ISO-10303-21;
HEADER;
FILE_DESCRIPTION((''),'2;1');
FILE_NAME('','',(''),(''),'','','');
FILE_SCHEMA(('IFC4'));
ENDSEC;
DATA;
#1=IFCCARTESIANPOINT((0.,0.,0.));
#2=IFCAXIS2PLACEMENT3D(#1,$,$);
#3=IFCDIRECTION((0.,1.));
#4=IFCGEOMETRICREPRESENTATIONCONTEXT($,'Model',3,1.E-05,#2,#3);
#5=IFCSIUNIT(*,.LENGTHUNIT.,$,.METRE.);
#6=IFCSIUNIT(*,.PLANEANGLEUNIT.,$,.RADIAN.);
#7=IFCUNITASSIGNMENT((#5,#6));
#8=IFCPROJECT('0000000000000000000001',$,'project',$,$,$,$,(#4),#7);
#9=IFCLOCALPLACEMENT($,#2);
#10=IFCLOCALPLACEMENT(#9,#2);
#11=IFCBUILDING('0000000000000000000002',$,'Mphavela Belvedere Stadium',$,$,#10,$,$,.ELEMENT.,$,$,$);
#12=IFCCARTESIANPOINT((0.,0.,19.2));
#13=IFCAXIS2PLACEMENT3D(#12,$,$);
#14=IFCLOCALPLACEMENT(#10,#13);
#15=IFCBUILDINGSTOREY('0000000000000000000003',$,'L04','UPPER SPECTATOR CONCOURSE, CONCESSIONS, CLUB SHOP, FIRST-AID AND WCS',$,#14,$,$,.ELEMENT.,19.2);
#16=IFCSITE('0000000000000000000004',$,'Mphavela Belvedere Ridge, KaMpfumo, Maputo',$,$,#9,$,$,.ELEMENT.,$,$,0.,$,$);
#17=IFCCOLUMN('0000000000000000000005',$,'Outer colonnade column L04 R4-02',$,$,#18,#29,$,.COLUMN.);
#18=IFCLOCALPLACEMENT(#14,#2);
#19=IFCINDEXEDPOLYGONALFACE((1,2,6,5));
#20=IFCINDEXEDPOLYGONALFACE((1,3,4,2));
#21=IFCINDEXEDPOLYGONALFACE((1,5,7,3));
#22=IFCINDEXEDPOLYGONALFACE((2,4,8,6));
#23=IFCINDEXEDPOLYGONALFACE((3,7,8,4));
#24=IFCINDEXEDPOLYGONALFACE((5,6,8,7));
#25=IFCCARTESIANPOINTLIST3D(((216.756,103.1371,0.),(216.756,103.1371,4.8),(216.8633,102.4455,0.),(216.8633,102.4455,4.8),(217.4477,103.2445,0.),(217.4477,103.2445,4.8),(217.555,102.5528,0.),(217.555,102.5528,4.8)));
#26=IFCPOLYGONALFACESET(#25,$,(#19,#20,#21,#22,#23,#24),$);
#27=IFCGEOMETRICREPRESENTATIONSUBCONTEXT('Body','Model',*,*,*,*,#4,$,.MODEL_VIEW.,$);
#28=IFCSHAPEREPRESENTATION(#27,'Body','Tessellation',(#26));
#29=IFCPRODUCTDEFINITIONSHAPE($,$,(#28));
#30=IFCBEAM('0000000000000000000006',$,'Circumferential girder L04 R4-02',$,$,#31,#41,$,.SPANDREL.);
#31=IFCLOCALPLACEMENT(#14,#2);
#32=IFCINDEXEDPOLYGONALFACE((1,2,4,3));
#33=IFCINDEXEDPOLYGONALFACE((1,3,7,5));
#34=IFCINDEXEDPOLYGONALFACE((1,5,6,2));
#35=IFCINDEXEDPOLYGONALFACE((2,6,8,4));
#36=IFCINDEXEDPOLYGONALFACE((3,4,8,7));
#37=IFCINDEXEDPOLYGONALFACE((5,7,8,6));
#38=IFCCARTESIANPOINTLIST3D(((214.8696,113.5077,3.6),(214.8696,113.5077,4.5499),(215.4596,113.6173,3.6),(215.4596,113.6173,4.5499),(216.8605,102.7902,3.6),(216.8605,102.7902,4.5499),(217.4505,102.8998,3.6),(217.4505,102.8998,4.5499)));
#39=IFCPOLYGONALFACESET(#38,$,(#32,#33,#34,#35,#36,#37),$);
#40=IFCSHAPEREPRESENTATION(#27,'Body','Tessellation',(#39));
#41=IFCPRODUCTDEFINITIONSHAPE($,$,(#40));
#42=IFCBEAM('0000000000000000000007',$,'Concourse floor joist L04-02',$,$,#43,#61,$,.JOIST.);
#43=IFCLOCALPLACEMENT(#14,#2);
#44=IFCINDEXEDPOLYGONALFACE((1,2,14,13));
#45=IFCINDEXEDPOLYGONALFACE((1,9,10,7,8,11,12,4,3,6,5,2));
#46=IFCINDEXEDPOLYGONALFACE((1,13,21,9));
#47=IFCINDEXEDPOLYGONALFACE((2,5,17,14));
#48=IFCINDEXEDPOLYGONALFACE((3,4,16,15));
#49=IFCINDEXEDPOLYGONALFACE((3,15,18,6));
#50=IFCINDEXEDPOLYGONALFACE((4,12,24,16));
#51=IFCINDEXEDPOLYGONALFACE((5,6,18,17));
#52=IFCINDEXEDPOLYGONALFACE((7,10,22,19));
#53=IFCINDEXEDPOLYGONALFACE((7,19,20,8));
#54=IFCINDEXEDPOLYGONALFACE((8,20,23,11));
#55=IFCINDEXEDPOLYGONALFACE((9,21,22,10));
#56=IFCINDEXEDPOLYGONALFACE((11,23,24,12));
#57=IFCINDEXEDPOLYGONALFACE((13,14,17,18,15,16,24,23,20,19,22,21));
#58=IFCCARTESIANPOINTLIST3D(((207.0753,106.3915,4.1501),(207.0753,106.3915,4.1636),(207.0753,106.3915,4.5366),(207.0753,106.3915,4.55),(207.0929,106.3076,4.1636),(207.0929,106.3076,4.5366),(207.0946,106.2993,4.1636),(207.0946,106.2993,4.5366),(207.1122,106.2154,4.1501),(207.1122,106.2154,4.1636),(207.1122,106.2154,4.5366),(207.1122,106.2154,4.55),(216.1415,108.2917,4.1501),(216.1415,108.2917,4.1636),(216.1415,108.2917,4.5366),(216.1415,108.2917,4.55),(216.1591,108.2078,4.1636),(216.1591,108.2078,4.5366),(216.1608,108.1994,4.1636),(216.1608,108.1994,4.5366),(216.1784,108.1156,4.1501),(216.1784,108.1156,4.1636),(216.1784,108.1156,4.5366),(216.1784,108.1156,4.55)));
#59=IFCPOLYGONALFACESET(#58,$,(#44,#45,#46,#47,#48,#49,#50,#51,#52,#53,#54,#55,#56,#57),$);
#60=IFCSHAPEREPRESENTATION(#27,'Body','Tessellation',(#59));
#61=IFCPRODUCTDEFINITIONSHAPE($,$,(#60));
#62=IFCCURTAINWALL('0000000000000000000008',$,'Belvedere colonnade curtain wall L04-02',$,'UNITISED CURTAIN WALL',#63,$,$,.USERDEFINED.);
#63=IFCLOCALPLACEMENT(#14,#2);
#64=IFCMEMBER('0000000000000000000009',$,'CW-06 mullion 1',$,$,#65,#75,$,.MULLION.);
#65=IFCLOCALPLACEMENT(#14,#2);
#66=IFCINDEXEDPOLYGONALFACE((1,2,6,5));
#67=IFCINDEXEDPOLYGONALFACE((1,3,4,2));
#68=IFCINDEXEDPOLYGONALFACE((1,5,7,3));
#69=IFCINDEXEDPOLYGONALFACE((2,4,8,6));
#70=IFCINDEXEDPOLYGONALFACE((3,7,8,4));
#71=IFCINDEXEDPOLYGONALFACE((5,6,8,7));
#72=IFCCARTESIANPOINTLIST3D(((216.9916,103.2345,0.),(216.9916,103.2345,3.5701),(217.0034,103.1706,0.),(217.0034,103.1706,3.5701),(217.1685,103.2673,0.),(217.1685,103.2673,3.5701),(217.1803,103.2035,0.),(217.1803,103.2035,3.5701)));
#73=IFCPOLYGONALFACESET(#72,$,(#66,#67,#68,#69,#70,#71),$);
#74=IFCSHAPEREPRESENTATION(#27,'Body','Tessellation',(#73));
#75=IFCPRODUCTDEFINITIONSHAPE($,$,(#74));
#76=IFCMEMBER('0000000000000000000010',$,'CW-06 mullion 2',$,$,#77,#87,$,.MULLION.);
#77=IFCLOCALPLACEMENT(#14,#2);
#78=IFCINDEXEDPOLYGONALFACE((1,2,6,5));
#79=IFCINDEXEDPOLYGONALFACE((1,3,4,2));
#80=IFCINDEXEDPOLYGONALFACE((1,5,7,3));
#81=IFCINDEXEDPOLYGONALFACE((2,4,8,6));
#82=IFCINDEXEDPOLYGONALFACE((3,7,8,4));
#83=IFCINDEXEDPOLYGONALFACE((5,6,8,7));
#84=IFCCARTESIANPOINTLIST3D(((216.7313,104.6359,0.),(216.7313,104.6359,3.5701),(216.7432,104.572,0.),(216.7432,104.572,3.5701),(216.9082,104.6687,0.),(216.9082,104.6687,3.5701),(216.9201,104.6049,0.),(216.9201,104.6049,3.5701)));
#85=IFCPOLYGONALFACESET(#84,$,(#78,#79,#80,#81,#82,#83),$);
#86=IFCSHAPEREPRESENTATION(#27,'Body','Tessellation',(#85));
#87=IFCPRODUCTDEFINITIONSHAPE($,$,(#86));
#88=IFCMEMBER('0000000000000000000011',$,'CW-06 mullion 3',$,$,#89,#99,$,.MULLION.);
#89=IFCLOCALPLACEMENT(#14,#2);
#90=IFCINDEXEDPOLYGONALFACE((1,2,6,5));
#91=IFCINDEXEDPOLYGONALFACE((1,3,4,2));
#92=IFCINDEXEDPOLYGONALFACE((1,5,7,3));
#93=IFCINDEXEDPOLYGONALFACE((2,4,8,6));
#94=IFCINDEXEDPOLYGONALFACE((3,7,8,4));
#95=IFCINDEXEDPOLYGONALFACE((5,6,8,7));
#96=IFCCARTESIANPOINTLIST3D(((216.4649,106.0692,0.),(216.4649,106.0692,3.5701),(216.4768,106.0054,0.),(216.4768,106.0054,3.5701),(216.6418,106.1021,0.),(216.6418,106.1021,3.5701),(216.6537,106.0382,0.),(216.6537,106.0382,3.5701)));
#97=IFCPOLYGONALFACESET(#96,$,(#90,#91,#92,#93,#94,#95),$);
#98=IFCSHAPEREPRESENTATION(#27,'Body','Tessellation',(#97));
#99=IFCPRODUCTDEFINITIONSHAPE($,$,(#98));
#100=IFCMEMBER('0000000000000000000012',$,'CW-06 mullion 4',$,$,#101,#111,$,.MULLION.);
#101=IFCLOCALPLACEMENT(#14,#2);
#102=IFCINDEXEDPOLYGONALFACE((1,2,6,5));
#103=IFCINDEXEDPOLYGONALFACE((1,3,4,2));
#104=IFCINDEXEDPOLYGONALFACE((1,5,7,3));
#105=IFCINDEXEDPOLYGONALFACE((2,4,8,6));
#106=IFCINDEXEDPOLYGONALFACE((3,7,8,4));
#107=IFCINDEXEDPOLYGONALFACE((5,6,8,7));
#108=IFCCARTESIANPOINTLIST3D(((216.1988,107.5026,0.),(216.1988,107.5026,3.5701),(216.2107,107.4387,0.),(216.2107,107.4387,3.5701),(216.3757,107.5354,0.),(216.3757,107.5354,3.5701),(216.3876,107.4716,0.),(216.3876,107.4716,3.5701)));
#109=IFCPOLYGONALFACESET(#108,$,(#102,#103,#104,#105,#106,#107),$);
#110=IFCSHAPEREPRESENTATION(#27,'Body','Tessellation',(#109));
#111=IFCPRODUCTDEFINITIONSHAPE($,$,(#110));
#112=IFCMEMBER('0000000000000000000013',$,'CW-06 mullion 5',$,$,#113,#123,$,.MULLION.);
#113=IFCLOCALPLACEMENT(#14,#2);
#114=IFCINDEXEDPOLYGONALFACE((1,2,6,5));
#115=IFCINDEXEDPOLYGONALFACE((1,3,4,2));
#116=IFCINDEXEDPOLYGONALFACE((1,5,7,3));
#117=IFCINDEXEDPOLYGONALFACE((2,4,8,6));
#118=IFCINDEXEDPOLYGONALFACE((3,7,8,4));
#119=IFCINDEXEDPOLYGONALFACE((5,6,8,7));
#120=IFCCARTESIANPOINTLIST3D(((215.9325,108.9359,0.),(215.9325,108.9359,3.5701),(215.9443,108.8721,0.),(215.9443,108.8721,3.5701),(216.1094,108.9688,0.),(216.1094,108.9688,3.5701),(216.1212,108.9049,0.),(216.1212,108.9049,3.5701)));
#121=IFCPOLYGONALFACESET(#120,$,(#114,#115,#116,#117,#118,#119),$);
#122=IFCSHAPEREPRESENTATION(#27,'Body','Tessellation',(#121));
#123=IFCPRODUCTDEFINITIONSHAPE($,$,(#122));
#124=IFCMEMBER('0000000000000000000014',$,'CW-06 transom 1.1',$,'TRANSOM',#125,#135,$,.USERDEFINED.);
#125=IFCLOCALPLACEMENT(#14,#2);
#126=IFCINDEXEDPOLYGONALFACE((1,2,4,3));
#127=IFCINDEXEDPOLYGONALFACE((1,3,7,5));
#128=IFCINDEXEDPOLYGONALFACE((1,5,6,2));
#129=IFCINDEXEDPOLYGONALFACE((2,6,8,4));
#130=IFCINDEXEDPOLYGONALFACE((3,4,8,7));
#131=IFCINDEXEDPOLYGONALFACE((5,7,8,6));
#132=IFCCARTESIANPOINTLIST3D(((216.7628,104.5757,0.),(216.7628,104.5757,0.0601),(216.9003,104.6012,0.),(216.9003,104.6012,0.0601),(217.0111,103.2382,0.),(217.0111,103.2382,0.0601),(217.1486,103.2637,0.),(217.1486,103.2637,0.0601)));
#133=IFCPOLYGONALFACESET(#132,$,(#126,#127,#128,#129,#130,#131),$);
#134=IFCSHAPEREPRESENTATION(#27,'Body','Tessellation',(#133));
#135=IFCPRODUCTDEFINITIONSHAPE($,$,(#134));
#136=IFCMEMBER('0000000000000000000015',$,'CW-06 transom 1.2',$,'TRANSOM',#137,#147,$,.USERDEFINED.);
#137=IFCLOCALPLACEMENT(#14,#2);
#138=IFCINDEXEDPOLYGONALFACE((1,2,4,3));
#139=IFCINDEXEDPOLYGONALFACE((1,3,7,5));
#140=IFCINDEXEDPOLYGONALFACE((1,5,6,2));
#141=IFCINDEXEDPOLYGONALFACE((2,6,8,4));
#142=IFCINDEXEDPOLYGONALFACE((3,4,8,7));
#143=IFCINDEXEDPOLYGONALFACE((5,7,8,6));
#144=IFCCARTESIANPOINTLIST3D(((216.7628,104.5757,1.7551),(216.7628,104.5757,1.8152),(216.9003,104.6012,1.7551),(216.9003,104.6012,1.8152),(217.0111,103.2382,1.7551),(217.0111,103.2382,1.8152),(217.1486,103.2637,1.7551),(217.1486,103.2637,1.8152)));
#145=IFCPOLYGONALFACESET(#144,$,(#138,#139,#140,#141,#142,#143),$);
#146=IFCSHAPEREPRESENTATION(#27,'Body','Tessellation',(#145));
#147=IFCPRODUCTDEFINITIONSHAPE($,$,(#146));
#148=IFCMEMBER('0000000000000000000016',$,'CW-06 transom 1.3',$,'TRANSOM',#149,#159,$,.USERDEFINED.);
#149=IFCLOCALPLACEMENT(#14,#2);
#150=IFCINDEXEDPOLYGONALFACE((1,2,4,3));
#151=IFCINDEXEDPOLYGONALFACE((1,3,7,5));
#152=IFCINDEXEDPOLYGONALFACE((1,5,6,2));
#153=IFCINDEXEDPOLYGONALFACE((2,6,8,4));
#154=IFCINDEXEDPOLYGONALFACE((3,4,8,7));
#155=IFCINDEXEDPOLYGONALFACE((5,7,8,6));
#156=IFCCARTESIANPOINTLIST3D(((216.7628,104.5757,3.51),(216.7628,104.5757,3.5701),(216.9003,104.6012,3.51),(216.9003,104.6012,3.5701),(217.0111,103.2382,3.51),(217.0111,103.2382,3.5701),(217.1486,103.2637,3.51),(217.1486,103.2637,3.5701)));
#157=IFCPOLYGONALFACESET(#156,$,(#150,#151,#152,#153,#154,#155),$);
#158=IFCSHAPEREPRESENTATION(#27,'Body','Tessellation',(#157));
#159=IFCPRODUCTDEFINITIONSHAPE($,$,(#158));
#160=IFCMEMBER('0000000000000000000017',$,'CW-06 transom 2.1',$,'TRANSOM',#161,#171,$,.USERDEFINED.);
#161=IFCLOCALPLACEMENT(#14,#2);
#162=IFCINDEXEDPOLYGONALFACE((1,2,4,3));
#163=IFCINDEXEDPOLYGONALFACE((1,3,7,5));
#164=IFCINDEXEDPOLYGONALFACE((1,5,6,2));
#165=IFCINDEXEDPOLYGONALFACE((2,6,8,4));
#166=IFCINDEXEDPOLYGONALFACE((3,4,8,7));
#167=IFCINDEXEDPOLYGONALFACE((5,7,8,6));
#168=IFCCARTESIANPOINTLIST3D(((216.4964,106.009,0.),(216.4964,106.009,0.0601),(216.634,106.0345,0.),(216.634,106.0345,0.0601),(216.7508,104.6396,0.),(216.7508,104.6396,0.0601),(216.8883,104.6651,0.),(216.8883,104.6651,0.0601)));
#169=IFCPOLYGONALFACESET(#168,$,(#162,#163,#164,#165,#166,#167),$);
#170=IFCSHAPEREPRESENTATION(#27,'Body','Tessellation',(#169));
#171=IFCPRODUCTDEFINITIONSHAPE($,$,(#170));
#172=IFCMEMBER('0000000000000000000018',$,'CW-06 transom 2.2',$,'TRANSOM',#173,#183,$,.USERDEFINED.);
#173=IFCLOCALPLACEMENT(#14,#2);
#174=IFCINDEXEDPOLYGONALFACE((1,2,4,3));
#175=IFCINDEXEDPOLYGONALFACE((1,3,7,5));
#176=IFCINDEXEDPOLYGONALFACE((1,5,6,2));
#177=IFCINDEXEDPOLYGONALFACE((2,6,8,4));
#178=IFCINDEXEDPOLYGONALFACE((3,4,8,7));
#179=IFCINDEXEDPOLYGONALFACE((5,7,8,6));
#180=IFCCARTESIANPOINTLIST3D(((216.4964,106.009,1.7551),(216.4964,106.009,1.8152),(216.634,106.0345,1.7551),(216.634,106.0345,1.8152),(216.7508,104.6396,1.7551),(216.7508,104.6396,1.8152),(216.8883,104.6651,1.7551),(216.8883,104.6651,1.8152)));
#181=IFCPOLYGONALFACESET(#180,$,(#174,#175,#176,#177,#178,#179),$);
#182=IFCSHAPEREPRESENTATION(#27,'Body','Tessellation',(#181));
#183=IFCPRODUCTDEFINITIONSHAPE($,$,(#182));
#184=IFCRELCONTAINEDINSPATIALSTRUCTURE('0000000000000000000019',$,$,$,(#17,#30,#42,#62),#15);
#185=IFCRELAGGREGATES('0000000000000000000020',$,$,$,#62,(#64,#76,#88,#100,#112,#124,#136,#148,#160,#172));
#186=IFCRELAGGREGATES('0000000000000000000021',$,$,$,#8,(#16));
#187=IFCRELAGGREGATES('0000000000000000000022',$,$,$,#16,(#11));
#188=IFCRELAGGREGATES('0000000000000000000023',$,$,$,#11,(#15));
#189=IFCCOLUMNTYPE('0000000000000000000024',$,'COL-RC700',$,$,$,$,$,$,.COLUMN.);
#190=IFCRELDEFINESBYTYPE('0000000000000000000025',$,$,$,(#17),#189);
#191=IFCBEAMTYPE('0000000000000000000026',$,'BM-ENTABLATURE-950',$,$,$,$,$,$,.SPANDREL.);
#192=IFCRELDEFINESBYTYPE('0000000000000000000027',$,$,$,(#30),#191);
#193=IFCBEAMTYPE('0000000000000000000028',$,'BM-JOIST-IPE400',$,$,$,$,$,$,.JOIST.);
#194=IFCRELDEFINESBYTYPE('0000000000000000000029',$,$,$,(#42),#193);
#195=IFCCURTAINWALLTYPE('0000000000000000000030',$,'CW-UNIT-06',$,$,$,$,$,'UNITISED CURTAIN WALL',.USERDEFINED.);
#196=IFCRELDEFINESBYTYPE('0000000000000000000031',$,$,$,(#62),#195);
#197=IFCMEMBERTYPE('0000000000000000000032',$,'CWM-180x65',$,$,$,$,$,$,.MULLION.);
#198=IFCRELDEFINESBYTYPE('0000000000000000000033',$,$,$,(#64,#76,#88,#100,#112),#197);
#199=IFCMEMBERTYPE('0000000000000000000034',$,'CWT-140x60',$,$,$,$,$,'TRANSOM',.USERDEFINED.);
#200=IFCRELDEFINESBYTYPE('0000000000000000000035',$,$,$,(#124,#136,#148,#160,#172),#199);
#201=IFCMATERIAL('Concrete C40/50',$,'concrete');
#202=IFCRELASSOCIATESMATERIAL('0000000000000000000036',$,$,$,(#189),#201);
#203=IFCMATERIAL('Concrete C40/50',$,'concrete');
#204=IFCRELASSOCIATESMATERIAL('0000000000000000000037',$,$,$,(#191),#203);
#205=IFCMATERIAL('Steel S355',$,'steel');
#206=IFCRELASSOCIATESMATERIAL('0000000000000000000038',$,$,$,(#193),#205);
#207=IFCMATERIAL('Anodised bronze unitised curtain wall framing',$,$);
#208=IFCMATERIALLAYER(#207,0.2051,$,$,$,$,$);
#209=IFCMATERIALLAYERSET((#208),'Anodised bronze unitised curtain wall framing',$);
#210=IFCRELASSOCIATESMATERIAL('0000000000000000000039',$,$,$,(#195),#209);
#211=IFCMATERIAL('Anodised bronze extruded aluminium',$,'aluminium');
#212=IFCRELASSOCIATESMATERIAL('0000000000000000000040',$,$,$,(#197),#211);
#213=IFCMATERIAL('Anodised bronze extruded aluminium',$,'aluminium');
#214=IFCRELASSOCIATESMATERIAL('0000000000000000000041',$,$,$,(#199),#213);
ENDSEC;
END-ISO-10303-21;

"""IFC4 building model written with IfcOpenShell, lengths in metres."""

from ifc_helpers import new_model, si_unit, direction, frame, origin, origin_2d, place, context, subcontext, project, spatial, rectangle, i_section, extrude, material, layer, layer_set, material_profile, profile_set, type_object, element, aggregate, save


model = new_model("IFC4")

# Units and contexts
model_context = context("Model", 3, precision=1e-05, world=origin(), true_north=direction((0.0, 1.0)))
body_context = subcontext(model_context, "Body", "Model", "MODEL_VIEW")
ifc_project = project(units=[si_unit("LENGTHUNIT", "METRE"), si_unit("PLANEANGLEUNIT", "RADIAN")], contexts=[model_context])

# Site, building, storey
site_placement = place(None, origin())
site = spatial("IfcSite", under=ifc_project, at=site_placement, Name="Mphavela Belvedere Ridge, KaMpfumo, Maputo", CompositionType="ELEMENT", RefElevation=0.0)
building_placement = place(site_placement, origin())
building = spatial("IfcBuilding", under=site, at=building_placement, Name="Mphavela Belvedere Stadium", CompositionType="ELEMENT")
storey_placement = place(building_placement, frame((0.0, 0.0, 19.2)))
storey = spatial("IfcBuildingStorey", under=building, at=storey_placement, Name="L04", Description="UPPER SPECTATOR CONCOURSE, CONCESSIONS, CLUB SHOP, FIRST-AID AND WCS", CompositionType="ELEMENT", Elevation=19.2)

# Column
ifc_material_1 = material(Name="Concrete C40/50", Category="concrete")
ifc_material_profile_1 = material_profile(ifc_material_1, rectangle(XDim=0.7, YDim=0.7, at=origin_2d()), Name="RC 700x700")
ifc_profile_set_1 = profile_set([ifc_material_profile_1], Name="Concrete C40/50")
column_type = type_object("IfcColumnType", Name="COL-RC700", PredefinedType="COLUMN", material=ifc_profile_set_1)
column_placement = place(storey_placement, frame((217.1555, 102.845, 0.0), z_axis=(0.0, 0.0, 1.0), x_axis=(0.988175, 0.153331, 0.0)))
element("IfcColumn", 1, at=column_placement, inside=storey, type_object=column_type, Name="Outer colonnade column L04 R4-02", PredefinedType="COLUMN", context=body_context, shape_type="SweptSolid", body=[
    extrude(rectangle(XDim=0.7, YDim=0.7, at=origin_2d()), origin(), (0.0, 0.0, 1.0), 4.8),
])

# Beams
ifc_material_2 = material(Name="Concrete C40/50", Category="concrete")
ifc_material_profile_2 = material_profile(ifc_material_2, rectangle(XDim=0.6001, YDim=0.95, at=origin_2d()), Name="RC 600x950")
ifc_profile_set_2 = profile_set([ifc_material_profile_2], Name="Concrete C40/50")
beam_type_1 = type_object("IfcBeamType", Name="BM-ENTABLATURE-950", PredefinedType="SPANDREL", material=ifc_profile_set_2)
beam_1_placement = place(storey_placement, frame((217.1555, 102.845, 4.075), z_axis=(-0.182643, 0.983179, 0.0), x_axis=(-0.983179, -0.182643, 0.0)))
element("IfcBeam", 2, at=beam_1_placement, inside=storey, type_object=beam_type_1, Name="Circumferential girder L04 R4-02", PredefinedType="SPANDREL", context=body_context, shape_type="SweptSolid", body=[
    extrude(rectangle(XDim=0.6001, YDim=0.95, at=origin_2d()), origin(), (0.0, 0.0, 1.0), 10.9009),
])
ifc_material_3 = material(Name="Steel S355", Category="steel")
ifc_material_profile_3 = material_profile(ifc_material_3, i_section(OverallWidth=0.1799, OverallDepth=0.3999, WebThickness=0.0085, FlangeThickness=0.0134, at=origin_2d()), Name="IPE 400")
ifc_profile_set_3 = profile_set([ifc_material_profile_3], Name="Steel S355")
beam_type_2 = type_object("IfcBeamType", Name="BM-JOIST-IPE400", PredefinedType="JOIST", material=ifc_profile_set_3)
beam_2_placement = place(storey_placement, frame((207.0938, 106.3035, 4.3501), z_axis=(0.978735, 0.20513, 0.0), x_axis=(-0.20513, 0.978735, 0.0)))
element("IfcBeam", 3, at=beam_2_placement, inside=storey, type_object=beam_type_2, Name="Concourse floor joist L04-02", PredefinedType="JOIST", context=body_context, shape_type="SweptSolid", body=[
    extrude(i_section(OverallWidth=0.1799, OverallDepth=0.3999, WebThickness=0.0085, FlangeThickness=0.0134, at=origin_2d()), origin(), (0.0, 0.0, 1.0), 9.2632),
])

# Curtain wall, members
ifc_material_4 = material(Name="Anodised bronze unitised curtain wall framing")
ifc_layer_1 = layer(ifc_material_4, 0.2051)
ifc_layer_set_1 = layer_set([ifc_layer_1], Name="Anodised bronze unitised curtain wall framing")
curtain_wall_type = type_object("IfcCurtainWallType", Name="CW-UNIT-06", ElementType="UNITISED CURTAIN WALL", PredefinedType="USERDEFINED", material=ifc_layer_set_1)
curtain_wall_placement = place(storey_placement, origin())
curtain_wall = element("IfcCurtainWall", 4, at=curtain_wall_placement, inside=storey, type_object=curtain_wall_type, Name="Belvedere colonnade curtain wall L04-02", ObjectType="UNITISED CURTAIN WALL", PredefinedType="USERDEFINED")
ifc_material_5 = material(Name="Anodised bronze extruded aluminium", Category="aluminium")
ifc_material_profile_4 = material_profile(ifc_material_5, rectangle(XDim=0.1799, YDim=0.0649, at=origin_2d()), Name="CW-MUL 180x65")
ifc_profile_set_4 = profile_set([ifc_material_profile_4], Name="Anodised bronze extruded aluminium")
member_type_1 = type_object("IfcMemberType", Name="CWM-180x65", PredefinedType="MULLION", material=ifc_profile_set_4)
member_1_placement = place(storey_placement, frame((217.0859, 103.219, 0.0), z_axis=(0.0, 0.0, 1.0), x_axis=(-0.983184, -0.182618, 0.0)))
member_1 = element("IfcMember", 5, at=member_1_placement, type_object=member_type_1, Name="CW-06 mullion 1", PredefinedType="MULLION", context=body_context, shape_type="SweptSolid", body=[
    extrude(rectangle(XDim=0.1799, YDim=0.0649, at=origin_2d()), origin(), (0.0, 0.0, 1.0), 3.5701),
])
member_2_placement = place(storey_placement, frame((216.8257, 104.6204, 0.0), z_axis=(0.0, 0.0, 1.0), x_axis=(-0.983184, -0.182618, 0.0)))
member_2 = element("IfcMember", 6, at=member_2_placement, type_object=member_type_1, Name="CW-06 mullion 2", PredefinedType="MULLION", context=body_context, shape_type="SweptSolid", body=[
    extrude(rectangle(XDim=0.1799, YDim=0.0649, at=origin_2d()), origin(), (0.0, 0.0, 1.0), 3.5701),
])
member_3_placement = place(storey_placement, frame((216.5593, 106.0537, 0.0), z_axis=(0.0, 0.0, 1.0), x_axis=(-0.983184, -0.182618, 0.0)))
member_3 = element("IfcMember", 7, at=member_3_placement, type_object=member_type_1, Name="CW-06 mullion 3", PredefinedType="MULLION", context=body_context, shape_type="SweptSolid", body=[
    extrude(rectangle(XDim=0.1799, YDim=0.0649, at=origin_2d()), origin(), (0.0, 0.0, 1.0), 3.5701),
])
member_4_placement = place(storey_placement, frame((216.2932, 107.4871, 0.0), z_axis=(0.0, 0.0, 1.0), x_axis=(-0.983184, -0.182618, 0.0)))
member_4 = element("IfcMember", 8, at=member_4_placement, type_object=member_type_1, Name="CW-06 mullion 4", PredefinedType="MULLION", context=body_context, shape_type="SweptSolid", body=[
    extrude(rectangle(XDim=0.1799, YDim=0.0649, at=origin_2d()), origin(), (0.0, 0.0, 1.0), 3.5701),
])
member_5_placement = place(storey_placement, frame((216.0269, 108.9204, 0.0), z_axis=(0.0, 0.0, 1.0), x_axis=(-0.983184, -0.182618, 0.0)))
member_5 = element("IfcMember", 9, at=member_5_placement, type_object=member_type_1, Name="CW-06 mullion 5", PredefinedType="MULLION", context=body_context, shape_type="SweptSolid", body=[
    extrude(rectangle(XDim=0.1799, YDim=0.0649, at=origin_2d()), origin(), (0.0, 0.0, 1.0), 3.5701),
])
ifc_material_6 = material(Name="Anodised bronze extruded aluminium", Category="aluminium")
ifc_material_profile_5 = material_profile(ifc_material_6, rectangle(XDim=0.1399, YDim=0.0601, at=origin_2d()), Name="CW-TRN 140x60")
ifc_profile_set_5 = profile_set([ifc_material_profile_5], Name="Anodised bronze extruded aluminium")
member_type_2 = type_object("IfcMemberType", Name="CWT-140x60", ElementType="TRANSOM", PredefinedType="USERDEFINED", material=ifc_profile_set_5)
member_6_placement = place(storey_placement, frame((217.0798, 103.251, 0.03), z_axis=(-0.182533, 0.9832, 0.0), x_axis=(-0.9832, -0.182533, 0.0)))
member_6 = element("IfcMember", 10, at=member_6_placement, type_object=member_type_2, Name="CW-06 transom 1.1", ObjectType="TRANSOM", PredefinedType="USERDEFINED", context=body_context, shape_type="SweptSolid", body=[
    extrude(rectangle(XDim=0.1399, YDim=0.0601, at=origin_2d()), origin(), (0.0, 0.0, 1.0), 1.3604),
])
member_7_placement = place(storey_placement, frame((217.0798, 103.251, 1.7852), z_axis=(-0.182533, 0.9832, 0.0), x_axis=(-0.9832, -0.182533, 0.0)))
member_7 = element("IfcMember", 11, at=member_7_placement, type_object=member_type_2, Name="CW-06 transom 1.2", ObjectType="TRANSOM", PredefinedType="USERDEFINED", context=body_context, shape_type="SweptSolid", body=[
    extrude(rectangle(XDim=0.1399, YDim=0.0601, at=origin_2d()), origin(), (0.0, 0.0, 1.0), 1.3604),
])
member_8_placement = place(storey_placement, frame((217.0798, 103.251, 3.54), z_axis=(-0.182533, 0.9832, 0.0), x_axis=(-0.9832, -0.182533, 0.0)))
member_8 = element("IfcMember", 12, at=member_8_placement, type_object=member_type_2, Name="CW-06 transom 1.3", ObjectType="TRANSOM", PredefinedType="USERDEFINED", context=body_context, shape_type="SweptSolid", body=[
    extrude(rectangle(XDim=0.1399, YDim=0.0601, at=origin_2d()), origin(), (0.0, 0.0, 1.0), 1.3604),
])
member_9_placement = place(storey_placement, frame((216.8196, 104.6523, 0.03), z_axis=(-0.182648, 0.983178, 0.0), x_axis=(-0.983178, -0.182648, 0.0)))
member_9 = element("IfcMember", 13, at=member_9_placement, type_object=member_type_2, Name="CW-06 transom 2.1", ObjectType="TRANSOM", PredefinedType="USERDEFINED", context=body_context, shape_type="SweptSolid", body=[
    extrude(rectangle(XDim=0.1399, YDim=0.0601, at=origin_2d()), origin(), (0.0, 0.0, 1.0), 1.3928),
])
member_10_placement = place(storey_placement, frame((216.8196, 104.6523, 1.7852), z_axis=(-0.182648, 0.983178, 0.0), x_axis=(-0.983178, -0.182648, 0.0)))
member_10 = element("IfcMember", 14, at=member_10_placement, type_object=member_type_2, Name="CW-06 transom 2.2", ObjectType="TRANSOM", PredefinedType="USERDEFINED", context=body_context, shape_type="SweptSolid", body=[
    extrude(rectangle(XDim=0.1399, YDim=0.0601, at=origin_2d()), origin(), (0.0, 0.0, 1.0), 1.3928),
])
aggregate(curtain_wall, [member_1, member_2, member_3, member_4, member_5, member_6, member_7, member_8, member_9, member_10])

save(model, "model.ifc")
